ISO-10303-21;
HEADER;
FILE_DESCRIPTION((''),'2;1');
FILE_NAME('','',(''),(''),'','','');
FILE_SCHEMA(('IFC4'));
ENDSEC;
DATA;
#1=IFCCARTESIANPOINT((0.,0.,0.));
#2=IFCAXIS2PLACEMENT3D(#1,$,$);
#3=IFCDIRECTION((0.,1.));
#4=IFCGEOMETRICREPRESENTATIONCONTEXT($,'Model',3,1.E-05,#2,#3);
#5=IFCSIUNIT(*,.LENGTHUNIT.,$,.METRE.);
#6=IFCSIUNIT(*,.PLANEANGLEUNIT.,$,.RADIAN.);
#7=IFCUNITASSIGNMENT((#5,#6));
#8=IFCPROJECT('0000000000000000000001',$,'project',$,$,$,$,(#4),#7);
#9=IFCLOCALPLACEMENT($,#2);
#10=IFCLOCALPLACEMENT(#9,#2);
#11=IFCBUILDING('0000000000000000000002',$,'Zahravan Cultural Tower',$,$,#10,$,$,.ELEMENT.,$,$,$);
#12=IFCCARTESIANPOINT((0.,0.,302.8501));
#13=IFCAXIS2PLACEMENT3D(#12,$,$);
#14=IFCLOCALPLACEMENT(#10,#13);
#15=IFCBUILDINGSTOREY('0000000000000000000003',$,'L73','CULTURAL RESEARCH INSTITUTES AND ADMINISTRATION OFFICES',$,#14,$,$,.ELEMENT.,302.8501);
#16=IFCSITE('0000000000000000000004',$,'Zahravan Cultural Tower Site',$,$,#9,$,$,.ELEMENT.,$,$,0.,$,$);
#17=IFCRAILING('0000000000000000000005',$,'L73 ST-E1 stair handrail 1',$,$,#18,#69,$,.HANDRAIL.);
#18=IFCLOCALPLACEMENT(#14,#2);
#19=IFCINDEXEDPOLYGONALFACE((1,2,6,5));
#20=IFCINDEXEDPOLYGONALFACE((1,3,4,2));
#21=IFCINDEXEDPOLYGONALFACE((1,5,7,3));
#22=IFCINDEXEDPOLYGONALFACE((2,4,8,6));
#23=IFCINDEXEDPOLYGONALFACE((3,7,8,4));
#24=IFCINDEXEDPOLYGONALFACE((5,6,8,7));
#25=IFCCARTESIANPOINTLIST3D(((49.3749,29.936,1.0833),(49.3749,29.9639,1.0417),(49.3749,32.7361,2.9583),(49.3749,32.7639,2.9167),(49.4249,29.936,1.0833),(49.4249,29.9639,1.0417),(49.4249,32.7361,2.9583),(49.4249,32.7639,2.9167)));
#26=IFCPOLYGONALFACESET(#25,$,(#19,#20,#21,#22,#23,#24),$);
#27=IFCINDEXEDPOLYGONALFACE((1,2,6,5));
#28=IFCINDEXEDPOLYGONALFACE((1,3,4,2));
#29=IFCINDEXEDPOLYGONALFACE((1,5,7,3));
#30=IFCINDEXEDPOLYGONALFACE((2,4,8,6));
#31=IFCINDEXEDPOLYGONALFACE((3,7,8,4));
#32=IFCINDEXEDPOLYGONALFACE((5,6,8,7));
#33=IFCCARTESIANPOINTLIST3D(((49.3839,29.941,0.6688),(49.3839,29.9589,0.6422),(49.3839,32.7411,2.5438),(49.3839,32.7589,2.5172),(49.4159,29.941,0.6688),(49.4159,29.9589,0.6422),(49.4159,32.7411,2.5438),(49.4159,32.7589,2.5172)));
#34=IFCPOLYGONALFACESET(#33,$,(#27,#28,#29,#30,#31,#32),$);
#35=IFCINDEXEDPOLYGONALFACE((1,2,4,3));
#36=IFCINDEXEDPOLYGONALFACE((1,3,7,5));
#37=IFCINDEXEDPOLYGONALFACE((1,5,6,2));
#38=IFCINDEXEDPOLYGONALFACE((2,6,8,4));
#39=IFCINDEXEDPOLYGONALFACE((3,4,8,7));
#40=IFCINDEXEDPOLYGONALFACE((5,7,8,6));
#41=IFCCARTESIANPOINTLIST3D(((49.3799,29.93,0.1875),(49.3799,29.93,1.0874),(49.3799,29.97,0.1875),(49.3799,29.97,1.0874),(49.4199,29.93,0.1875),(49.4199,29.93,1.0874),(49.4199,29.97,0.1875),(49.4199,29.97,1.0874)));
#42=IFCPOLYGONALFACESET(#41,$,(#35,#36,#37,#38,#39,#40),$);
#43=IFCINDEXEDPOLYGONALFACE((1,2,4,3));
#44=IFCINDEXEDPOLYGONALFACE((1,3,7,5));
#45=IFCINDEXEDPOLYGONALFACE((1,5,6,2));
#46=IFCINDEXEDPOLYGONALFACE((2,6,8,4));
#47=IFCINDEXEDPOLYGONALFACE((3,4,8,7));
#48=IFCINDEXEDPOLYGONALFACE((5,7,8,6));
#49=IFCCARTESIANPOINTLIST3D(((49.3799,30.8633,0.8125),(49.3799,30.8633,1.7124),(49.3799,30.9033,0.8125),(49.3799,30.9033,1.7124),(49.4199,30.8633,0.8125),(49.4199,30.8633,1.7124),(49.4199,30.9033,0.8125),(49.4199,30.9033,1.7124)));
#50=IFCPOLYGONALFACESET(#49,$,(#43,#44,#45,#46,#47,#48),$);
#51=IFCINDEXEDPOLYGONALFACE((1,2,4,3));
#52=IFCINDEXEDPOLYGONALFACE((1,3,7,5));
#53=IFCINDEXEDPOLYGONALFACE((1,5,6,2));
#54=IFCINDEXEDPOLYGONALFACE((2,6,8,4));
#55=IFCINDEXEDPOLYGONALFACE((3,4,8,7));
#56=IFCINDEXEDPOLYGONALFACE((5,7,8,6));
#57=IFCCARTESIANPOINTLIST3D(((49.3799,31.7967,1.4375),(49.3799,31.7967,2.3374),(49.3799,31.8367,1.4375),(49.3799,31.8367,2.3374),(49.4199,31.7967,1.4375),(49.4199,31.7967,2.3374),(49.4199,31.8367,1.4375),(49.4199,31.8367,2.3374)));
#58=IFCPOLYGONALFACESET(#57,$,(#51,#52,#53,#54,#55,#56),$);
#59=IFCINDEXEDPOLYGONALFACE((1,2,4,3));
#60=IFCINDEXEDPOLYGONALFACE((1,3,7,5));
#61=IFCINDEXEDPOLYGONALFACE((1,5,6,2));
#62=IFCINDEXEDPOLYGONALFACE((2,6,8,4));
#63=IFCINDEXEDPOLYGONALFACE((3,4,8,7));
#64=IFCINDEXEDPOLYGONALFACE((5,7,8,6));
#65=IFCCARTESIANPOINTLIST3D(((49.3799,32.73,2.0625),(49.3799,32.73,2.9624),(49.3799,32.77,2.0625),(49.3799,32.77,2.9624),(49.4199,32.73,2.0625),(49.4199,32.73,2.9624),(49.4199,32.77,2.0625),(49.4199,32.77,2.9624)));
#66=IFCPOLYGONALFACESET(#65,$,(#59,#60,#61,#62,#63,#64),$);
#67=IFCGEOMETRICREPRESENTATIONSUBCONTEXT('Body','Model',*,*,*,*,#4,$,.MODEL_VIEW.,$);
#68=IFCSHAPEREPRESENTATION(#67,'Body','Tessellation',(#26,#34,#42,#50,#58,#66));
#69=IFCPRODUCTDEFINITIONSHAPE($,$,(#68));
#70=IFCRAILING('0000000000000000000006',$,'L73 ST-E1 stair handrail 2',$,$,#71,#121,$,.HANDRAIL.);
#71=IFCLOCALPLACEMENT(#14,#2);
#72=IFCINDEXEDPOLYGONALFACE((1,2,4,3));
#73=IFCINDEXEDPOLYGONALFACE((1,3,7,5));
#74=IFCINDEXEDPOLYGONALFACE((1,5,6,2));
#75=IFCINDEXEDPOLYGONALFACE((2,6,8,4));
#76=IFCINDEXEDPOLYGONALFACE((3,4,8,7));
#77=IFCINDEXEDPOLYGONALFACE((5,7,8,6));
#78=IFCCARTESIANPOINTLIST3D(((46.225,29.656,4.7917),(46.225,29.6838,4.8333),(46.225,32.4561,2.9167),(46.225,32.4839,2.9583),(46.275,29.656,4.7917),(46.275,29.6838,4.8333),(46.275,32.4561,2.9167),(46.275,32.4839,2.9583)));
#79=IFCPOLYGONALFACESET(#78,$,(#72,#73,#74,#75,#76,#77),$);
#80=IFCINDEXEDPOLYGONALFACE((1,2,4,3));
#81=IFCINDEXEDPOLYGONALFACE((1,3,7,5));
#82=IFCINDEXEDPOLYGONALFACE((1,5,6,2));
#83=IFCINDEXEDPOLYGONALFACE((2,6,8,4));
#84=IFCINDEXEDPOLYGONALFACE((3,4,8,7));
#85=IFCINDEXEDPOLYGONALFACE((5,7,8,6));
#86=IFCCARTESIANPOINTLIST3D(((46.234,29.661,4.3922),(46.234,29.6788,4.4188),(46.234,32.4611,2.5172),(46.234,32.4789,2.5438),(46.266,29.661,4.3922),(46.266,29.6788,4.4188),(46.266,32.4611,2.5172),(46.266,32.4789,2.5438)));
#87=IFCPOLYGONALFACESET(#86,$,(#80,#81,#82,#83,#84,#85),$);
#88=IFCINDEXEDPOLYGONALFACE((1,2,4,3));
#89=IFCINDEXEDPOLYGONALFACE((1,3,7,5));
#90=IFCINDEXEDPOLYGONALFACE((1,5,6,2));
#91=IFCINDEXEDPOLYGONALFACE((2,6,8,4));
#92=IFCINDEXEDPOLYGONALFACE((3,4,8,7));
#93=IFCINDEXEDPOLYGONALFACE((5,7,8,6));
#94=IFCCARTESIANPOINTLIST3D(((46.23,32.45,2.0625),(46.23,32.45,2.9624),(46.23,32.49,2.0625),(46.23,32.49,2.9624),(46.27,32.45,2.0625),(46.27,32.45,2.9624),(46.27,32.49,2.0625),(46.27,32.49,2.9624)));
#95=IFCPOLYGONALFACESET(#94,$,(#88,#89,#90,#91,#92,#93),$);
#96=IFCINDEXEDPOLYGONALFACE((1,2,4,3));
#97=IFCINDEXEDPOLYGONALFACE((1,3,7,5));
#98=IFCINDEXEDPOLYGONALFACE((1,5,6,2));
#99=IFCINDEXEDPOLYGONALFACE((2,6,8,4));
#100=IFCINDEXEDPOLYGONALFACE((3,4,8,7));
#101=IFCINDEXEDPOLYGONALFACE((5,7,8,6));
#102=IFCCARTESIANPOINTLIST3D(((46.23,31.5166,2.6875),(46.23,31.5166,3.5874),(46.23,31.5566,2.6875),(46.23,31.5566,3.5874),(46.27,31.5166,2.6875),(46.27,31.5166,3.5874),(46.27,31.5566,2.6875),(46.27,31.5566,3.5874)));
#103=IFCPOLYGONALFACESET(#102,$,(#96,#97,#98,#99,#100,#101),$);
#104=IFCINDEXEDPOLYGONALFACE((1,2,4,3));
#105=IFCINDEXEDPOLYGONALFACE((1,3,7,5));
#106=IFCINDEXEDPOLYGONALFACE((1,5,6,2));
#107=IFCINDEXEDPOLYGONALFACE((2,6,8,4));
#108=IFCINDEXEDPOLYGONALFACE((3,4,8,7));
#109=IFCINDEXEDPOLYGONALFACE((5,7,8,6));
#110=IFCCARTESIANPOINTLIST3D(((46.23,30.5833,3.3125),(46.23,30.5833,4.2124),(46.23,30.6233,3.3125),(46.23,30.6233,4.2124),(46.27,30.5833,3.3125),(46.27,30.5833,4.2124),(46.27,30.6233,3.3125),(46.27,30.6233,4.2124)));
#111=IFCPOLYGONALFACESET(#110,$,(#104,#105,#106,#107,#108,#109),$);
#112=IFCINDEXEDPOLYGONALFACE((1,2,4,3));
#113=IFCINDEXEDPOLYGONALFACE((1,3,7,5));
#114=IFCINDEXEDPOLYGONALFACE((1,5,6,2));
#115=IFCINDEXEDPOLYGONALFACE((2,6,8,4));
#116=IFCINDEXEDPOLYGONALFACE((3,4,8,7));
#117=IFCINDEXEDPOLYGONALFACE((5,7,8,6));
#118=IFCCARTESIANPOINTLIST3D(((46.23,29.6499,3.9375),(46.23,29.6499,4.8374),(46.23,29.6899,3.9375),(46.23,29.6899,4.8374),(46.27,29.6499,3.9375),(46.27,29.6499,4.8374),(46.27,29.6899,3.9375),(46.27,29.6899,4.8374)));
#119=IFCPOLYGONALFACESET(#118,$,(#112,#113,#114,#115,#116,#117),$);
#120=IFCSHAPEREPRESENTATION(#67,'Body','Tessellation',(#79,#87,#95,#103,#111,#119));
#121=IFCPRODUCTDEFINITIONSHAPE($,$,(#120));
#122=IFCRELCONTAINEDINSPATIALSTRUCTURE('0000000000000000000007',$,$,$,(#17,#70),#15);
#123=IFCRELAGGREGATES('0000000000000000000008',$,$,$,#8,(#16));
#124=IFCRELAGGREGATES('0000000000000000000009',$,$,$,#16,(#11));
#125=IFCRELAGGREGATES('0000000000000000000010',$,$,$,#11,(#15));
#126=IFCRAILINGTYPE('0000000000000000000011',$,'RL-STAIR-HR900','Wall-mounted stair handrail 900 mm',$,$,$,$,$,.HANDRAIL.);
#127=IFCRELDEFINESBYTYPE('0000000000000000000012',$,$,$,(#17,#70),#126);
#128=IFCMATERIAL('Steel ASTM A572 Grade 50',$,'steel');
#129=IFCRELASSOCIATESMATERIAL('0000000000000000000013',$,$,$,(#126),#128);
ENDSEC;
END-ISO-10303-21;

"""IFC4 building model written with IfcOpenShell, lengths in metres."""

from ifc_helpers import new_model, si_unit, direction, frame, origin, origin_2d, place, context, subcontext, project, spatial, rectangle, extrude, material, type_object, element, save


model = new_model("IFC4")

# Units and contexts
model_context = context("Model", 3, precision=1e-05, world=origin(), true_north=direction((0.0, 1.0)))
body_context = subcontext(model_context, "Body", "Model", "MODEL_VIEW")
ifc_project = project(units=[si_unit("LENGTHUNIT", "METRE"), si_unit("PLANEANGLEUNIT", "RADIAN")], contexts=[model_context])

# Site, building, storey
site_placement = place(None, origin())
site = spatial("IfcSite", under=ifc_project, at=site_placement, Name="Zahravan Cultural Tower Site", CompositionType="ELEMENT", RefElevation=0.0)
building_placement = place(site_placement, origin())
building = spatial("IfcBuilding", under=site, at=building_placement, Name="Zahravan Cultural Tower", CompositionType="ELEMENT")
storey_placement = place(building_placement, frame((0.0, 0.0, 302.8501)))
storey = spatial("IfcBuildingStorey", under=building, at=storey_placement, Name="L73", Description="CULTURAL RESEARCH INSTITUTES AND ADMINISTRATION OFFICES", CompositionType="ELEMENT", Elevation=302.8501)

# Shared definitions
ifc_material_1 = material(Name="Steel ASTM A572 Grade 50", Category="steel")

# Railings
railing_type_1 = type_object("IfcRailingType", Name="RL-STAIR-HR900", Description="Wall-mounted stair handrail 900 mm", PredefinedType="HANDRAIL", material=ifc_material_1)
railing_1_placement = place(storey_placement, frame((49.3999, 29.95, 0.1875)))
element("IfcRailing", 1, at=railing_1_placement, inside=storey, type_object=railing_type_1, Name="L73 ST-E1 stair handrail 1", PredefinedType="HANDRAIL", context=body_context, shape_type="SweptSolid", body=[
    extrude(rectangle(XDim=0.05, YDim=0.05, at=origin_2d()), frame((0.0, 0.0, 0.875), z_axis=(0.0, 0.830912, 0.556404), x_axis=(-1.0, 0.0, 0.0)), (0.0, 0.0, 1.0), 3.3699),
    extrude(rectangle(XDim=0.032, YDim=0.032, at=origin_2d()), frame((0.0, 0.0, 0.468), z_axis=(0.0, 0.830912, 0.556404), x_axis=(-1.0, 0.0, 0.0)), (0.0, 0.0, 1.0), 3.3699),
    extrude(rectangle(XDim=0.04, YDim=0.04, at=origin_2d()), origin(), (0.0, 0.0, 1.0), 0.8999),
    extrude(rectangle(XDim=0.04, YDim=0.04, at=origin_2d()), frame((0.0, 0.9333, 0.625)), (0.0, 0.0, 1.0), 0.8999),
    extrude(rectangle(XDim=0.04, YDim=0.04, at=origin_2d()), frame((0.0, 1.8667, 1.25)), (0.0, 0.0, 1.0), 0.8999),
    extrude(rectangle(XDim=0.04, YDim=0.04, at=origin_2d()), frame((0.0, 2.8, 1.875)), (0.0, 0.0, 1.0), 0.8999),
])
railing_2_placement = place(storey_placement, frame((46.25, 32.47, 2.0625)))
element("IfcRailing", 2, at=railing_2_placement, inside=storey, type_object=railing_type_1, Name="L73 ST-E1 stair handrail 2", PredefinedType="HANDRAIL", context=body_context, shape_type="SweptSolid", body=[
    extrude(rectangle(XDim=0.05, YDim=0.05, at=origin_2d()), frame((0.0, 0.0, 0.875), z_axis=(0.0, -0.830912, 0.556404), x_axis=(1.0, 0.0, 0.0)), (0.0, 0.0, 1.0), 3.3699),
    extrude(rectangle(XDim=0.032, YDim=0.032, at=origin_2d()), frame((0.0, 0.0, 0.468), z_axis=(0.0, -0.830912, 0.556404), x_axis=(1.0, 0.0, 0.0)), (0.0, 0.0, 1.0), 3.3699),
    extrude(rectangle(XDim=0.04, YDim=0.04, at=origin_2d()), origin(), (0.0, 0.0, 1.0), 0.8999),
    extrude(rectangle(XDim=0.04, YDim=0.04, at=origin_2d()), frame((0.0, -0.9333, 0.625)), (0.0, 0.0, 1.0), 0.8999),
    extrude(rectangle(XDim=0.04, YDim=0.04, at=origin_2d()), frame((0.0, -1.8667, 1.25)), (0.0, 0.0, 1.0), 0.8999),
    extrude(rectangle(XDim=0.04, YDim=0.04, at=origin_2d()), frame((0.0, -2.8, 1.875)), (0.0, 0.0, 1.0), 0.8999),
])

save(model, "model.ifc")
